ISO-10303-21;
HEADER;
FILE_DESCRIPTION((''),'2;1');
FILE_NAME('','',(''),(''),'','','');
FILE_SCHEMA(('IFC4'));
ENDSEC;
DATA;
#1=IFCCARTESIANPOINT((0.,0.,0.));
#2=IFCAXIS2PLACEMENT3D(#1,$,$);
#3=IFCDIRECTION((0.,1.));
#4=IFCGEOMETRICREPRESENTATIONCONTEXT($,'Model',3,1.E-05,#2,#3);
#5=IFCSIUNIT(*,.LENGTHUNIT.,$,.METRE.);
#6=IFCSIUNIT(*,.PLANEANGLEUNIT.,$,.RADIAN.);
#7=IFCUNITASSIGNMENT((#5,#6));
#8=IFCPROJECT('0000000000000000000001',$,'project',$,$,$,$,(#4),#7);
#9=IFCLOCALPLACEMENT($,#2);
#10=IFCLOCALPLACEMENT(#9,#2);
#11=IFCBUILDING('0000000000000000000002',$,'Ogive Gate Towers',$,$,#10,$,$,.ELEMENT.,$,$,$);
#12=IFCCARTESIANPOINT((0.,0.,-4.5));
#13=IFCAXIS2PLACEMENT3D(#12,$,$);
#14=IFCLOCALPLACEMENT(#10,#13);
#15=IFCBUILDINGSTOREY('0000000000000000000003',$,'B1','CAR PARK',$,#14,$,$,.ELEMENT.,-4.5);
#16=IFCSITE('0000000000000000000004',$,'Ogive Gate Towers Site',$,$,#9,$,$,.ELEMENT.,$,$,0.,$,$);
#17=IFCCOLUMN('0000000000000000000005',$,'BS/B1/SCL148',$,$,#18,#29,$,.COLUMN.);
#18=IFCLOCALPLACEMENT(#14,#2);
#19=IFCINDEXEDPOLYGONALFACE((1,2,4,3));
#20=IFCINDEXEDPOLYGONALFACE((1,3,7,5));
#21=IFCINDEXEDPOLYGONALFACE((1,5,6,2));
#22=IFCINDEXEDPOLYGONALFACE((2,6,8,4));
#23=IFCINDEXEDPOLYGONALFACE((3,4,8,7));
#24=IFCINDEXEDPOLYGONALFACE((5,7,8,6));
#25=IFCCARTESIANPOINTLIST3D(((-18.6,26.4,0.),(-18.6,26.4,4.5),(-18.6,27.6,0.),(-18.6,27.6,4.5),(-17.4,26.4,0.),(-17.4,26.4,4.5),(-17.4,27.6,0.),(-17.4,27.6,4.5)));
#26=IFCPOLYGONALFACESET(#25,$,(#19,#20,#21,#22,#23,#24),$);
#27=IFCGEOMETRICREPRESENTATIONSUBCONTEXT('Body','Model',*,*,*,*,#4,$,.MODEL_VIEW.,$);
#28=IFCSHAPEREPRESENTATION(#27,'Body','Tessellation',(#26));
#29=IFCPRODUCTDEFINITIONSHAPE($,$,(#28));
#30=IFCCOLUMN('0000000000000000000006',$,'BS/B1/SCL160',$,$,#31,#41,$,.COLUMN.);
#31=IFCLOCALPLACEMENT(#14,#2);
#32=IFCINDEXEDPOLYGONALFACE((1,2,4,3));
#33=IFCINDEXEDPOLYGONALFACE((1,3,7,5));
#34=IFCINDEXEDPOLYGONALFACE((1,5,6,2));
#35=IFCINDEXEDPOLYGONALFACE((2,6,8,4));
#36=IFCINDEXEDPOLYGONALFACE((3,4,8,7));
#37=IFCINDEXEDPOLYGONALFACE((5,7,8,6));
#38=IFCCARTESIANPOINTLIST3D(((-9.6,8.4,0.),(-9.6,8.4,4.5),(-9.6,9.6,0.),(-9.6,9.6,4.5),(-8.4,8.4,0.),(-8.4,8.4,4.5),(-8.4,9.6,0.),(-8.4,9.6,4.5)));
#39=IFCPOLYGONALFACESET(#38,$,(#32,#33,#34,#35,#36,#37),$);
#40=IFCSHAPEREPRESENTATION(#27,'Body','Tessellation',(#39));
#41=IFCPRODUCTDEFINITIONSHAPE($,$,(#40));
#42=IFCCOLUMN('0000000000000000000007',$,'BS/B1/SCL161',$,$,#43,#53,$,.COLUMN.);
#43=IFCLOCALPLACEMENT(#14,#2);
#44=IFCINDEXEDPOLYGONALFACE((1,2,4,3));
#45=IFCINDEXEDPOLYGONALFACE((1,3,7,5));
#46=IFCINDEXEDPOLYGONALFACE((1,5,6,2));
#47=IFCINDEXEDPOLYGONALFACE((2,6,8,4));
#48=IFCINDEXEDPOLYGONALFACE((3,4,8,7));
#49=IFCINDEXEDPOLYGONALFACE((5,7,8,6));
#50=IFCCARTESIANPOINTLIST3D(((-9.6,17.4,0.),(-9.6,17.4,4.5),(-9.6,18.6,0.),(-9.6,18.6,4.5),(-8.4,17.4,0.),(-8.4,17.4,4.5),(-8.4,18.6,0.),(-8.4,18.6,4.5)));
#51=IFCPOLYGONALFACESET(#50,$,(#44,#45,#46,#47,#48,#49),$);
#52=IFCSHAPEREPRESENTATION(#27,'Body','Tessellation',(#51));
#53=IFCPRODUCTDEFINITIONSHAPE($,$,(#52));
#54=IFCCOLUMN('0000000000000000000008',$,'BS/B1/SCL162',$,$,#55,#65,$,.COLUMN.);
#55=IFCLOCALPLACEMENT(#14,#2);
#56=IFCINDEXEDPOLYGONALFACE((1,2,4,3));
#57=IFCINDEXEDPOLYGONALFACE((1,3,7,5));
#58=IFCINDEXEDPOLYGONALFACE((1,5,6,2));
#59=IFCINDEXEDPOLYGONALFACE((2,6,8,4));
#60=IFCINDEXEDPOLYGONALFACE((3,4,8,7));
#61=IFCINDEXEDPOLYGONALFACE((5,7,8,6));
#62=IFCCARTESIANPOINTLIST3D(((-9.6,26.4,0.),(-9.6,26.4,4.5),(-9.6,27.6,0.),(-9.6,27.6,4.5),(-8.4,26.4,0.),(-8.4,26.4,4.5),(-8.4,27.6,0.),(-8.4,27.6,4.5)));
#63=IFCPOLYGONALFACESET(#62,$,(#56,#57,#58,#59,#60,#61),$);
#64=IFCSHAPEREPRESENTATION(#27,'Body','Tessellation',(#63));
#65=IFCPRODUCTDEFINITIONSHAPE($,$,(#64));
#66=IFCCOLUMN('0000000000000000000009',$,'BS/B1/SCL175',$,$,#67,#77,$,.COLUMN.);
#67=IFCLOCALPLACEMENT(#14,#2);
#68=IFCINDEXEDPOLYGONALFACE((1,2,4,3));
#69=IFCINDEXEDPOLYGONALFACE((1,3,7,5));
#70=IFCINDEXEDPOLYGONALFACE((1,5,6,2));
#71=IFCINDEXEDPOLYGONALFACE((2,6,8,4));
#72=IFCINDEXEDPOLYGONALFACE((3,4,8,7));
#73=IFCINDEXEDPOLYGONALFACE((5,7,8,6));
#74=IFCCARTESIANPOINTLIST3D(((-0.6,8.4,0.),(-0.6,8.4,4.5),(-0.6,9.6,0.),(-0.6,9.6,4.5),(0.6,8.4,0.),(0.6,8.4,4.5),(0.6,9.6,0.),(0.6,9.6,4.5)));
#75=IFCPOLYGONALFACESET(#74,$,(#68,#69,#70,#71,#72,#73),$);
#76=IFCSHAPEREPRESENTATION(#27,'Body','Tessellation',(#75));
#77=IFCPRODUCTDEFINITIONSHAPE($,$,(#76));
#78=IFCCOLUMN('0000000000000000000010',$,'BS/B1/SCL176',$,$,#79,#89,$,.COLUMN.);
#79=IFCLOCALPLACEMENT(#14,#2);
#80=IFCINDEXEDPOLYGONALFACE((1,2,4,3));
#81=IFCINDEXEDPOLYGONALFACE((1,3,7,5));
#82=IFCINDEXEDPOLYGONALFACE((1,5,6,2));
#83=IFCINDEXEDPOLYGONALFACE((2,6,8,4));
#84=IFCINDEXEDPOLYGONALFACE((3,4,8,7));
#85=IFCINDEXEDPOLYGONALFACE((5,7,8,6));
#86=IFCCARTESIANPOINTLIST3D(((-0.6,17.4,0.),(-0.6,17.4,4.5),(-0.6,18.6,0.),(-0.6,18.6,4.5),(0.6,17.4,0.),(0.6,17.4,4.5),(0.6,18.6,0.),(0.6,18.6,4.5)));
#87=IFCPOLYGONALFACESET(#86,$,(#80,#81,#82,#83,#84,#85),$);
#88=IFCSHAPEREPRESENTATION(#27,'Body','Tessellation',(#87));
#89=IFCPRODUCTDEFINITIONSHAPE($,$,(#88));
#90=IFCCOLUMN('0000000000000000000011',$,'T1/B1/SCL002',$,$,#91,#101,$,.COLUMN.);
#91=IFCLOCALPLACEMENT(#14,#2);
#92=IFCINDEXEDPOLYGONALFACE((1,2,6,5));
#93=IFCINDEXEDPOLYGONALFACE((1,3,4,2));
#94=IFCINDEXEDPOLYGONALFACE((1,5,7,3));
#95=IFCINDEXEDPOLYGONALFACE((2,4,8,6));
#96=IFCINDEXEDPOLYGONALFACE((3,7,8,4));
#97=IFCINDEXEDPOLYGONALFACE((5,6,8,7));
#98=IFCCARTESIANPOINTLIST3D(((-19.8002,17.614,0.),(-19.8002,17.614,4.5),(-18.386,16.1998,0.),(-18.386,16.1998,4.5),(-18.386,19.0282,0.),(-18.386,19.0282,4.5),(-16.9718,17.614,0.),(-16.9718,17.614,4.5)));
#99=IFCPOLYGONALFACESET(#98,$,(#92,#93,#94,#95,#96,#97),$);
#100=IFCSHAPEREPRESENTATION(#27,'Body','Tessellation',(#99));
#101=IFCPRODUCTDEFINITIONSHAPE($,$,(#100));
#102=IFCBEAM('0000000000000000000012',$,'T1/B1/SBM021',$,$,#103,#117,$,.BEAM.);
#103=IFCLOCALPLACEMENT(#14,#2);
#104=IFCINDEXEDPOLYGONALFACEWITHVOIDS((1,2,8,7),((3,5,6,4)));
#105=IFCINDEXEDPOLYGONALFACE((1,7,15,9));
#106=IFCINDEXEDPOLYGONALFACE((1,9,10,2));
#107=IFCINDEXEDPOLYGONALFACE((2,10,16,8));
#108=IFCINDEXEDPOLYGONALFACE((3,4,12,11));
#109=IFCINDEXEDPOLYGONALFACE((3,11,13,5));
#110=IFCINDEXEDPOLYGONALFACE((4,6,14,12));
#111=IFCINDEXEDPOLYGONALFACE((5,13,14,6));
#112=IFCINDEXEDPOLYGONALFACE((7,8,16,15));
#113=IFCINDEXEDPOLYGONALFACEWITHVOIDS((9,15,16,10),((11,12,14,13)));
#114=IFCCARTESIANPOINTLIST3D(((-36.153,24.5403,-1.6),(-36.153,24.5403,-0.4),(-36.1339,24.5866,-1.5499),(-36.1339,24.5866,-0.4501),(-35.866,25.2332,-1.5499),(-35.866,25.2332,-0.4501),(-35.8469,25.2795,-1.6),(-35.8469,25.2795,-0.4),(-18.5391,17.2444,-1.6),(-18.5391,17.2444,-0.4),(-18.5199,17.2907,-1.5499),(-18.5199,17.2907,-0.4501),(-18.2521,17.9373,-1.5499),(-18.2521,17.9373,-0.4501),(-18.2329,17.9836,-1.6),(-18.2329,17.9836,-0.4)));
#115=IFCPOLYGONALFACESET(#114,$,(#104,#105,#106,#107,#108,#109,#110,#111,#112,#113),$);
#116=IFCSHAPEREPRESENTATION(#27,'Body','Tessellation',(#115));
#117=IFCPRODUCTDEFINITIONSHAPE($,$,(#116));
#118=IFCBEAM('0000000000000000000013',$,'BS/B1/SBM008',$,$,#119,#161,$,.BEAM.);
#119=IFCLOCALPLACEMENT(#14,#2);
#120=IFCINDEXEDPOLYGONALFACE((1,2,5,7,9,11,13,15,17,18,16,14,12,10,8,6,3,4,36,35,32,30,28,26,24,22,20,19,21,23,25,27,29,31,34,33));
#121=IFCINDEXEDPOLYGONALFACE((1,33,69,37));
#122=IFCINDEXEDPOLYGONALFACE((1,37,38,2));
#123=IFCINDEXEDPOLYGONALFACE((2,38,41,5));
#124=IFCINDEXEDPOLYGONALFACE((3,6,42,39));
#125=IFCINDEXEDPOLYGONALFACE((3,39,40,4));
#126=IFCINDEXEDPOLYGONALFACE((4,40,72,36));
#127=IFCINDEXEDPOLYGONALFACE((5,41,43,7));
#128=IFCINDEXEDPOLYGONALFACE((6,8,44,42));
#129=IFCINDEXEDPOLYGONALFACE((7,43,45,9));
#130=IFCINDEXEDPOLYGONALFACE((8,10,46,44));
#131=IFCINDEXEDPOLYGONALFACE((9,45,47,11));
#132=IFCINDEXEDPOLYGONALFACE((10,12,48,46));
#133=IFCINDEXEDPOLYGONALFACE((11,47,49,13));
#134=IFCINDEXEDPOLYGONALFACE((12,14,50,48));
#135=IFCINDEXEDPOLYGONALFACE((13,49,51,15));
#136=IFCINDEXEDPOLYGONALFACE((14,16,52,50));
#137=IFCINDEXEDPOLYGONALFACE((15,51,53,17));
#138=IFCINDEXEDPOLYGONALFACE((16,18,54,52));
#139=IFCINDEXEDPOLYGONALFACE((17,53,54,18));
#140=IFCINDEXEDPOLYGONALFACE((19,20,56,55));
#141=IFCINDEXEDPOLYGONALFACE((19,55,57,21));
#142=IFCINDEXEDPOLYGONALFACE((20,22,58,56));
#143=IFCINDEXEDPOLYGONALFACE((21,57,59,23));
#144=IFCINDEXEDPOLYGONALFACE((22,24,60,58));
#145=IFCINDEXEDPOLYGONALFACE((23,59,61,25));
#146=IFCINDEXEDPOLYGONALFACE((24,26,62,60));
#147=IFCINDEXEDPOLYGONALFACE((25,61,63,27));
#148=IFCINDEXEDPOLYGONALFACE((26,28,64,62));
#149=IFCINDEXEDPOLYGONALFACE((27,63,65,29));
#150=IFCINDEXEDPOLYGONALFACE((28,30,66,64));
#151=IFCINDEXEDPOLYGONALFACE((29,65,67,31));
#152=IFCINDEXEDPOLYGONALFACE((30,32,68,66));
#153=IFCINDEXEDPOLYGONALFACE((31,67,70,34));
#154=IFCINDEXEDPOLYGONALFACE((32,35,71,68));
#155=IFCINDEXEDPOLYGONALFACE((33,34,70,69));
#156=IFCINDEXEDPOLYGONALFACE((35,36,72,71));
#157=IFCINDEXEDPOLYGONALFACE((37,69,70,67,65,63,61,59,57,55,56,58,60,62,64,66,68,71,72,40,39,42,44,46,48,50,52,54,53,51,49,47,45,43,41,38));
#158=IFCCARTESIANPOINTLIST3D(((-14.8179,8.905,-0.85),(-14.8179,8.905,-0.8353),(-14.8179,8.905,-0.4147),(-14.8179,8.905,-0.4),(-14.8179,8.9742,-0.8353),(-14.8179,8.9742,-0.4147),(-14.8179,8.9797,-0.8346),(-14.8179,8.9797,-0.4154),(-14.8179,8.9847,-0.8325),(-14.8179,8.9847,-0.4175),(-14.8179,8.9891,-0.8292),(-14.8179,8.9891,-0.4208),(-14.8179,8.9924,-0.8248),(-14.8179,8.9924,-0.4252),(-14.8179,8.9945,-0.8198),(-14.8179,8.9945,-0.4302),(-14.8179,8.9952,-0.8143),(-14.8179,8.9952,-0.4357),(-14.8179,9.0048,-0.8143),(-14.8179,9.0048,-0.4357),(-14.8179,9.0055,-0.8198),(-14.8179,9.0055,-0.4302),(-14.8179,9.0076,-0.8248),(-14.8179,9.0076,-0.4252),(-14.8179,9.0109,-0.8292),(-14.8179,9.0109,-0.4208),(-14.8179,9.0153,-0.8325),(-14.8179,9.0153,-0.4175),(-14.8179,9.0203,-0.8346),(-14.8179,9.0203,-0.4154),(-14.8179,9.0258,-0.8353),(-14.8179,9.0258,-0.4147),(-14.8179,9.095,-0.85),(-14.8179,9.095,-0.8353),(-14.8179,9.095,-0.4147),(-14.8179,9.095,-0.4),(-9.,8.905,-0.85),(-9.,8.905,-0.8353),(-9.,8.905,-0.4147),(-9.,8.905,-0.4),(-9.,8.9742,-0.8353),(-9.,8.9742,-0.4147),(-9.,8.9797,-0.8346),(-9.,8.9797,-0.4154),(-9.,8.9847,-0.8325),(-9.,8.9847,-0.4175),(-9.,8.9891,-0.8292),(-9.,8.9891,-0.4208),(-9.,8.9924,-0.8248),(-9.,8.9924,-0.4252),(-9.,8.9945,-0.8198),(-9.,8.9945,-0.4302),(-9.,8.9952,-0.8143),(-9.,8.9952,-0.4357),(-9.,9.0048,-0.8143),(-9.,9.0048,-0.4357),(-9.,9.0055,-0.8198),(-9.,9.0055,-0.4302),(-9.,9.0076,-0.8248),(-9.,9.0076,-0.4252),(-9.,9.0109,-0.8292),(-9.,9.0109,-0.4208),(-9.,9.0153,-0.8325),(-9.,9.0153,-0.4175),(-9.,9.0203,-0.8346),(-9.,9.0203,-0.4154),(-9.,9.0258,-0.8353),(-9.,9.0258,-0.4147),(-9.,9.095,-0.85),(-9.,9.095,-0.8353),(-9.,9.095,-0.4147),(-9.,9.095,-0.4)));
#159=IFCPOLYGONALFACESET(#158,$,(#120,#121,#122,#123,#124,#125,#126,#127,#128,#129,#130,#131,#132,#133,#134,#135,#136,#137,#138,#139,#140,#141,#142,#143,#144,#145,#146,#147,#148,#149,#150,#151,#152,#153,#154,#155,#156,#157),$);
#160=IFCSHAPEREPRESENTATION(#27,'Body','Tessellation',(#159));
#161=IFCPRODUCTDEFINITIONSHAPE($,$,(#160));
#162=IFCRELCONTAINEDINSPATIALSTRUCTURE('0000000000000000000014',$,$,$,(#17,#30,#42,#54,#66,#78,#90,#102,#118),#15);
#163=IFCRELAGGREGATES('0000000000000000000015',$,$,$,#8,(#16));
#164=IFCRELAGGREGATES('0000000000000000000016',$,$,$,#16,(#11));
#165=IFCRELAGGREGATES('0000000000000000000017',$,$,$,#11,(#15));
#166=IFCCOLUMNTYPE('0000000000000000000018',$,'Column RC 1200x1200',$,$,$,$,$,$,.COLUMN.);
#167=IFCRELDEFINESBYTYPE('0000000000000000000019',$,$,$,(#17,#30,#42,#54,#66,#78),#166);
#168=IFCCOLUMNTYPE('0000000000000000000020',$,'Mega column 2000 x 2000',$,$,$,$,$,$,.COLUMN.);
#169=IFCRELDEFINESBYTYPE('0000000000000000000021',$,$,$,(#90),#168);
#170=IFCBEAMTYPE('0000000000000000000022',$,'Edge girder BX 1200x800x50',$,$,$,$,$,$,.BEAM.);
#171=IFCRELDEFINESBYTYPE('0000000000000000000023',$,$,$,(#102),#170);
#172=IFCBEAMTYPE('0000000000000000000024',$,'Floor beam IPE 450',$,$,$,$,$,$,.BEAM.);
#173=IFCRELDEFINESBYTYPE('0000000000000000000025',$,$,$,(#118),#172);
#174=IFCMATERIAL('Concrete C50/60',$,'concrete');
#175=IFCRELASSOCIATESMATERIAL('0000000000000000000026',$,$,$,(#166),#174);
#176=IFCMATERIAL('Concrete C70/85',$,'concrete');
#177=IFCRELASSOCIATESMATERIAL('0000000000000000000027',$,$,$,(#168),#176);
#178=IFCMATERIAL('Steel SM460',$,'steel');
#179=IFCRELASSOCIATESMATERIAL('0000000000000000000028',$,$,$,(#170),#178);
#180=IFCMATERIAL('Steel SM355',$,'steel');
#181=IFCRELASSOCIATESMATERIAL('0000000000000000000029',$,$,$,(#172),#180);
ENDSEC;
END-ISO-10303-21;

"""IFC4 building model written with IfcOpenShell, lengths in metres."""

from ifc_helpers import new_model, si_unit, direction, frame, origin, origin_2d, place, context, subcontext, project, spatial, rectangle, hollow_rectangle, i_section, extrude, material, material_profile, profile_set, type_object, element, save


model = new_model("IFC4")

# Units and contexts
model_context = context("Model", 3, precision=1e-05, world=origin(), true_north=direction((0.0, 1.0)))
body_context = subcontext(model_context, "Body", "Model", "MODEL_VIEW")
ifc_project = project(units=[si_unit("LENGTHUNIT", "METRE"), si_unit("PLANEANGLEUNIT", "RADIAN")], contexts=[model_context])

# Site, building, storey
site_placement = place(None, origin())
site = spatial("IfcSite", under=ifc_project, at=site_placement, Name="Ogive Gate Towers Site", CompositionType="ELEMENT", RefElevation=0.0)
building_placement = place(site_placement, origin())
building = spatial("IfcBuilding", under=site, at=building_placement, Name="Ogive Gate Towers", CompositionType="ELEMENT")
storey_placement = place(building_placement, frame((0.0, 0.0, -4.5)))
storey = spatial("IfcBuildingStorey", under=building, at=storey_placement, Name="B1", Description="CAR PARK", CompositionType="ELEMENT", Elevation=-4.5)

# Columns
ifc_material_1 = material(Name="Concrete C50/60", Category="concrete")
ifc_material_profile_1 = material_profile(ifc_material_1, rectangle(XDim=1.2, YDim=1.2, at=origin_2d()), Name="RC 1200x1200")
ifc_profile_set_1 = profile_set([ifc_material_profile_1], Name="Concrete C50/60")
column_type_1 = type_object("IfcColumnType", Name="Column RC 1200x1200", PredefinedType="COLUMN", material=ifc_profile_set_1)
for number, where, z_axis, x_axis, name in (
    (1, (-18.0, 27.0, 0.0), (0.0, 0.0, 1.0), (1.0, 0.0, 0.0), "BS/B1/SCL148"),
    (2, (-9.0, 9.0, 0.0), (0.0, 0.0, 1.0), (1.0, 0.0, 0.0), "BS/B1/SCL160"),
    (3, (-9.0, 18.0, 0.0), (0.0, 0.0, 1.0), (1.0, 0.0, 0.0), "BS/B1/SCL161"),
    (4, (-9.0, 27.0, 0.0), (0.0, 0.0, 1.0), (1.0, 0.0, 0.0), "BS/B1/SCL162"),
    (5, (0.0, 9.0, 0.0), (0.0, 0.0, 1.0), (1.0, 0.0, 0.0), "BS/B1/SCL175"),
    (6, (0.0, 18.0, 0.0), (0.0, 0.0, 1.0), (1.0, 0.0, 0.0), "BS/B1/SCL176"),
):
    element("IfcColumn", number, at=place(storey_placement, frame(where, z_axis=z_axis, x_axis=x_axis)), inside=storey, type_object=column_type_1, Name=name, PredefinedType="COLUMN", context=body_context, shape_type="SweptSolid", body=[
        extrude(rectangle(XDim=1.2, YDim=1.2, at=origin_2d()), origin(), (0.0, 0.0, 1.0), 4.5),
    ])
ifc_material_2 = material(Name="Concrete C70/85", Category="concrete")
ifc_material_profile_2 = material_profile(ifc_material_2, rectangle(XDim=2.0, YDim=2.0, at=origin_2d()), Name="RC 2000x2000")
ifc_profile_set_2 = profile_set([ifc_material_profile_2], Name="Concrete C70/85")
column_type_2 = type_object("IfcColumnType", Name="Mega column 2000 x 2000", PredefinedType="COLUMN", material=ifc_profile_set_2)
column_placement = place(storey_placement, frame((-18.386, 17.614, 0.0), z_axis=(0.0, 0.0, 1.0), x_axis=(0.707107, 0.707107, 0.0)))
element("IfcColumn", 7, at=column_placement, inside=storey, type_object=column_type_2, Name="T1/B1/SCL002", PredefinedType="COLUMN", context=body_context, shape_type="SweptSolid", body=[
    extrude(rectangle(XDim=2.0, YDim=2.0, at=origin_2d()), origin(), (0.0, 0.0, 1.0), 4.5),
])

# Beams
ifc_material_3 = material(Name="Steel SM460", Category="steel")
ifc_material_profile_3 = material_profile(ifc_material_3, hollow_rectangle(XDim=0.8, YDim=1.2, WallThickness=0.05, at=origin_2d()), Name="BX 1200x800x50")
ifc_profile_set_3 = profile_set([ifc_material_profile_3], Name="Steel SM460")
beam_type_1 = type_object("IfcBeamType", Name="Edge girder BX 1200x800x50", PredefinedType="BEAM", material=ifc_profile_set_3)
beam_1_placement = place(storey_placement, frame((-18.386, 17.614, -1.0), z_axis=(-0.923881, 0.382681, 0.0), x_axis=(-0.382681, -0.923881, 0.0)))
element("IfcBeam", 8, at=beam_1_placement, inside=storey, type_object=beam_type_1, Name="T1/B1/SBM021", PredefinedType="BEAM", context=body_context, shape_type="SweptSolid", body=[
    extrude(hollow_rectangle(XDim=0.8, YDim=1.2, WallThickness=0.05, at=origin_2d()), origin(), (0.0, 0.0, 1.0), 19.0652),
])
ifc_material_4 = material(Name="Steel SM355", Category="steel")
ifc_material_profile_4 = material_profile(ifc_material_4, i_section(OverallWidth=0.1899, OverallDepth=0.45, WebThickness=0.0095, FlangeThickness=0.0146, FilletRadius=0.021, at=origin_2d()), Name="IPE 450")
ifc_profile_set_4 = profile_set([ifc_material_profile_4], Name="Steel SM355")
beam_type_2 = type_object("IfcBeamType", Name="Floor beam IPE 450", PredefinedType="BEAM", material=ifc_profile_set_4)
beam_2_placement = place(storey_placement, frame((-9.0, 9.0, -0.625), z_axis=(-1.0, 0.0, 0.0), x_axis=(0.0, -1.0, 0.0)))
element("IfcBeam", 9, at=beam_2_placement, inside=storey, type_object=beam_type_2, Name="BS/B1/SBM008", PredefinedType="BEAM", context=body_context, shape_type="SweptSolid", body=[
    extrude(i_section(OverallWidth=0.1899, OverallDepth=0.45, WebThickness=0.0095, FlangeThickness=0.0146, FilletRadius=0.021, at=origin_2d()), origin(), (0.0, 0.0, 1.0), 5.8179),
])

save(model, "model.ifc")
